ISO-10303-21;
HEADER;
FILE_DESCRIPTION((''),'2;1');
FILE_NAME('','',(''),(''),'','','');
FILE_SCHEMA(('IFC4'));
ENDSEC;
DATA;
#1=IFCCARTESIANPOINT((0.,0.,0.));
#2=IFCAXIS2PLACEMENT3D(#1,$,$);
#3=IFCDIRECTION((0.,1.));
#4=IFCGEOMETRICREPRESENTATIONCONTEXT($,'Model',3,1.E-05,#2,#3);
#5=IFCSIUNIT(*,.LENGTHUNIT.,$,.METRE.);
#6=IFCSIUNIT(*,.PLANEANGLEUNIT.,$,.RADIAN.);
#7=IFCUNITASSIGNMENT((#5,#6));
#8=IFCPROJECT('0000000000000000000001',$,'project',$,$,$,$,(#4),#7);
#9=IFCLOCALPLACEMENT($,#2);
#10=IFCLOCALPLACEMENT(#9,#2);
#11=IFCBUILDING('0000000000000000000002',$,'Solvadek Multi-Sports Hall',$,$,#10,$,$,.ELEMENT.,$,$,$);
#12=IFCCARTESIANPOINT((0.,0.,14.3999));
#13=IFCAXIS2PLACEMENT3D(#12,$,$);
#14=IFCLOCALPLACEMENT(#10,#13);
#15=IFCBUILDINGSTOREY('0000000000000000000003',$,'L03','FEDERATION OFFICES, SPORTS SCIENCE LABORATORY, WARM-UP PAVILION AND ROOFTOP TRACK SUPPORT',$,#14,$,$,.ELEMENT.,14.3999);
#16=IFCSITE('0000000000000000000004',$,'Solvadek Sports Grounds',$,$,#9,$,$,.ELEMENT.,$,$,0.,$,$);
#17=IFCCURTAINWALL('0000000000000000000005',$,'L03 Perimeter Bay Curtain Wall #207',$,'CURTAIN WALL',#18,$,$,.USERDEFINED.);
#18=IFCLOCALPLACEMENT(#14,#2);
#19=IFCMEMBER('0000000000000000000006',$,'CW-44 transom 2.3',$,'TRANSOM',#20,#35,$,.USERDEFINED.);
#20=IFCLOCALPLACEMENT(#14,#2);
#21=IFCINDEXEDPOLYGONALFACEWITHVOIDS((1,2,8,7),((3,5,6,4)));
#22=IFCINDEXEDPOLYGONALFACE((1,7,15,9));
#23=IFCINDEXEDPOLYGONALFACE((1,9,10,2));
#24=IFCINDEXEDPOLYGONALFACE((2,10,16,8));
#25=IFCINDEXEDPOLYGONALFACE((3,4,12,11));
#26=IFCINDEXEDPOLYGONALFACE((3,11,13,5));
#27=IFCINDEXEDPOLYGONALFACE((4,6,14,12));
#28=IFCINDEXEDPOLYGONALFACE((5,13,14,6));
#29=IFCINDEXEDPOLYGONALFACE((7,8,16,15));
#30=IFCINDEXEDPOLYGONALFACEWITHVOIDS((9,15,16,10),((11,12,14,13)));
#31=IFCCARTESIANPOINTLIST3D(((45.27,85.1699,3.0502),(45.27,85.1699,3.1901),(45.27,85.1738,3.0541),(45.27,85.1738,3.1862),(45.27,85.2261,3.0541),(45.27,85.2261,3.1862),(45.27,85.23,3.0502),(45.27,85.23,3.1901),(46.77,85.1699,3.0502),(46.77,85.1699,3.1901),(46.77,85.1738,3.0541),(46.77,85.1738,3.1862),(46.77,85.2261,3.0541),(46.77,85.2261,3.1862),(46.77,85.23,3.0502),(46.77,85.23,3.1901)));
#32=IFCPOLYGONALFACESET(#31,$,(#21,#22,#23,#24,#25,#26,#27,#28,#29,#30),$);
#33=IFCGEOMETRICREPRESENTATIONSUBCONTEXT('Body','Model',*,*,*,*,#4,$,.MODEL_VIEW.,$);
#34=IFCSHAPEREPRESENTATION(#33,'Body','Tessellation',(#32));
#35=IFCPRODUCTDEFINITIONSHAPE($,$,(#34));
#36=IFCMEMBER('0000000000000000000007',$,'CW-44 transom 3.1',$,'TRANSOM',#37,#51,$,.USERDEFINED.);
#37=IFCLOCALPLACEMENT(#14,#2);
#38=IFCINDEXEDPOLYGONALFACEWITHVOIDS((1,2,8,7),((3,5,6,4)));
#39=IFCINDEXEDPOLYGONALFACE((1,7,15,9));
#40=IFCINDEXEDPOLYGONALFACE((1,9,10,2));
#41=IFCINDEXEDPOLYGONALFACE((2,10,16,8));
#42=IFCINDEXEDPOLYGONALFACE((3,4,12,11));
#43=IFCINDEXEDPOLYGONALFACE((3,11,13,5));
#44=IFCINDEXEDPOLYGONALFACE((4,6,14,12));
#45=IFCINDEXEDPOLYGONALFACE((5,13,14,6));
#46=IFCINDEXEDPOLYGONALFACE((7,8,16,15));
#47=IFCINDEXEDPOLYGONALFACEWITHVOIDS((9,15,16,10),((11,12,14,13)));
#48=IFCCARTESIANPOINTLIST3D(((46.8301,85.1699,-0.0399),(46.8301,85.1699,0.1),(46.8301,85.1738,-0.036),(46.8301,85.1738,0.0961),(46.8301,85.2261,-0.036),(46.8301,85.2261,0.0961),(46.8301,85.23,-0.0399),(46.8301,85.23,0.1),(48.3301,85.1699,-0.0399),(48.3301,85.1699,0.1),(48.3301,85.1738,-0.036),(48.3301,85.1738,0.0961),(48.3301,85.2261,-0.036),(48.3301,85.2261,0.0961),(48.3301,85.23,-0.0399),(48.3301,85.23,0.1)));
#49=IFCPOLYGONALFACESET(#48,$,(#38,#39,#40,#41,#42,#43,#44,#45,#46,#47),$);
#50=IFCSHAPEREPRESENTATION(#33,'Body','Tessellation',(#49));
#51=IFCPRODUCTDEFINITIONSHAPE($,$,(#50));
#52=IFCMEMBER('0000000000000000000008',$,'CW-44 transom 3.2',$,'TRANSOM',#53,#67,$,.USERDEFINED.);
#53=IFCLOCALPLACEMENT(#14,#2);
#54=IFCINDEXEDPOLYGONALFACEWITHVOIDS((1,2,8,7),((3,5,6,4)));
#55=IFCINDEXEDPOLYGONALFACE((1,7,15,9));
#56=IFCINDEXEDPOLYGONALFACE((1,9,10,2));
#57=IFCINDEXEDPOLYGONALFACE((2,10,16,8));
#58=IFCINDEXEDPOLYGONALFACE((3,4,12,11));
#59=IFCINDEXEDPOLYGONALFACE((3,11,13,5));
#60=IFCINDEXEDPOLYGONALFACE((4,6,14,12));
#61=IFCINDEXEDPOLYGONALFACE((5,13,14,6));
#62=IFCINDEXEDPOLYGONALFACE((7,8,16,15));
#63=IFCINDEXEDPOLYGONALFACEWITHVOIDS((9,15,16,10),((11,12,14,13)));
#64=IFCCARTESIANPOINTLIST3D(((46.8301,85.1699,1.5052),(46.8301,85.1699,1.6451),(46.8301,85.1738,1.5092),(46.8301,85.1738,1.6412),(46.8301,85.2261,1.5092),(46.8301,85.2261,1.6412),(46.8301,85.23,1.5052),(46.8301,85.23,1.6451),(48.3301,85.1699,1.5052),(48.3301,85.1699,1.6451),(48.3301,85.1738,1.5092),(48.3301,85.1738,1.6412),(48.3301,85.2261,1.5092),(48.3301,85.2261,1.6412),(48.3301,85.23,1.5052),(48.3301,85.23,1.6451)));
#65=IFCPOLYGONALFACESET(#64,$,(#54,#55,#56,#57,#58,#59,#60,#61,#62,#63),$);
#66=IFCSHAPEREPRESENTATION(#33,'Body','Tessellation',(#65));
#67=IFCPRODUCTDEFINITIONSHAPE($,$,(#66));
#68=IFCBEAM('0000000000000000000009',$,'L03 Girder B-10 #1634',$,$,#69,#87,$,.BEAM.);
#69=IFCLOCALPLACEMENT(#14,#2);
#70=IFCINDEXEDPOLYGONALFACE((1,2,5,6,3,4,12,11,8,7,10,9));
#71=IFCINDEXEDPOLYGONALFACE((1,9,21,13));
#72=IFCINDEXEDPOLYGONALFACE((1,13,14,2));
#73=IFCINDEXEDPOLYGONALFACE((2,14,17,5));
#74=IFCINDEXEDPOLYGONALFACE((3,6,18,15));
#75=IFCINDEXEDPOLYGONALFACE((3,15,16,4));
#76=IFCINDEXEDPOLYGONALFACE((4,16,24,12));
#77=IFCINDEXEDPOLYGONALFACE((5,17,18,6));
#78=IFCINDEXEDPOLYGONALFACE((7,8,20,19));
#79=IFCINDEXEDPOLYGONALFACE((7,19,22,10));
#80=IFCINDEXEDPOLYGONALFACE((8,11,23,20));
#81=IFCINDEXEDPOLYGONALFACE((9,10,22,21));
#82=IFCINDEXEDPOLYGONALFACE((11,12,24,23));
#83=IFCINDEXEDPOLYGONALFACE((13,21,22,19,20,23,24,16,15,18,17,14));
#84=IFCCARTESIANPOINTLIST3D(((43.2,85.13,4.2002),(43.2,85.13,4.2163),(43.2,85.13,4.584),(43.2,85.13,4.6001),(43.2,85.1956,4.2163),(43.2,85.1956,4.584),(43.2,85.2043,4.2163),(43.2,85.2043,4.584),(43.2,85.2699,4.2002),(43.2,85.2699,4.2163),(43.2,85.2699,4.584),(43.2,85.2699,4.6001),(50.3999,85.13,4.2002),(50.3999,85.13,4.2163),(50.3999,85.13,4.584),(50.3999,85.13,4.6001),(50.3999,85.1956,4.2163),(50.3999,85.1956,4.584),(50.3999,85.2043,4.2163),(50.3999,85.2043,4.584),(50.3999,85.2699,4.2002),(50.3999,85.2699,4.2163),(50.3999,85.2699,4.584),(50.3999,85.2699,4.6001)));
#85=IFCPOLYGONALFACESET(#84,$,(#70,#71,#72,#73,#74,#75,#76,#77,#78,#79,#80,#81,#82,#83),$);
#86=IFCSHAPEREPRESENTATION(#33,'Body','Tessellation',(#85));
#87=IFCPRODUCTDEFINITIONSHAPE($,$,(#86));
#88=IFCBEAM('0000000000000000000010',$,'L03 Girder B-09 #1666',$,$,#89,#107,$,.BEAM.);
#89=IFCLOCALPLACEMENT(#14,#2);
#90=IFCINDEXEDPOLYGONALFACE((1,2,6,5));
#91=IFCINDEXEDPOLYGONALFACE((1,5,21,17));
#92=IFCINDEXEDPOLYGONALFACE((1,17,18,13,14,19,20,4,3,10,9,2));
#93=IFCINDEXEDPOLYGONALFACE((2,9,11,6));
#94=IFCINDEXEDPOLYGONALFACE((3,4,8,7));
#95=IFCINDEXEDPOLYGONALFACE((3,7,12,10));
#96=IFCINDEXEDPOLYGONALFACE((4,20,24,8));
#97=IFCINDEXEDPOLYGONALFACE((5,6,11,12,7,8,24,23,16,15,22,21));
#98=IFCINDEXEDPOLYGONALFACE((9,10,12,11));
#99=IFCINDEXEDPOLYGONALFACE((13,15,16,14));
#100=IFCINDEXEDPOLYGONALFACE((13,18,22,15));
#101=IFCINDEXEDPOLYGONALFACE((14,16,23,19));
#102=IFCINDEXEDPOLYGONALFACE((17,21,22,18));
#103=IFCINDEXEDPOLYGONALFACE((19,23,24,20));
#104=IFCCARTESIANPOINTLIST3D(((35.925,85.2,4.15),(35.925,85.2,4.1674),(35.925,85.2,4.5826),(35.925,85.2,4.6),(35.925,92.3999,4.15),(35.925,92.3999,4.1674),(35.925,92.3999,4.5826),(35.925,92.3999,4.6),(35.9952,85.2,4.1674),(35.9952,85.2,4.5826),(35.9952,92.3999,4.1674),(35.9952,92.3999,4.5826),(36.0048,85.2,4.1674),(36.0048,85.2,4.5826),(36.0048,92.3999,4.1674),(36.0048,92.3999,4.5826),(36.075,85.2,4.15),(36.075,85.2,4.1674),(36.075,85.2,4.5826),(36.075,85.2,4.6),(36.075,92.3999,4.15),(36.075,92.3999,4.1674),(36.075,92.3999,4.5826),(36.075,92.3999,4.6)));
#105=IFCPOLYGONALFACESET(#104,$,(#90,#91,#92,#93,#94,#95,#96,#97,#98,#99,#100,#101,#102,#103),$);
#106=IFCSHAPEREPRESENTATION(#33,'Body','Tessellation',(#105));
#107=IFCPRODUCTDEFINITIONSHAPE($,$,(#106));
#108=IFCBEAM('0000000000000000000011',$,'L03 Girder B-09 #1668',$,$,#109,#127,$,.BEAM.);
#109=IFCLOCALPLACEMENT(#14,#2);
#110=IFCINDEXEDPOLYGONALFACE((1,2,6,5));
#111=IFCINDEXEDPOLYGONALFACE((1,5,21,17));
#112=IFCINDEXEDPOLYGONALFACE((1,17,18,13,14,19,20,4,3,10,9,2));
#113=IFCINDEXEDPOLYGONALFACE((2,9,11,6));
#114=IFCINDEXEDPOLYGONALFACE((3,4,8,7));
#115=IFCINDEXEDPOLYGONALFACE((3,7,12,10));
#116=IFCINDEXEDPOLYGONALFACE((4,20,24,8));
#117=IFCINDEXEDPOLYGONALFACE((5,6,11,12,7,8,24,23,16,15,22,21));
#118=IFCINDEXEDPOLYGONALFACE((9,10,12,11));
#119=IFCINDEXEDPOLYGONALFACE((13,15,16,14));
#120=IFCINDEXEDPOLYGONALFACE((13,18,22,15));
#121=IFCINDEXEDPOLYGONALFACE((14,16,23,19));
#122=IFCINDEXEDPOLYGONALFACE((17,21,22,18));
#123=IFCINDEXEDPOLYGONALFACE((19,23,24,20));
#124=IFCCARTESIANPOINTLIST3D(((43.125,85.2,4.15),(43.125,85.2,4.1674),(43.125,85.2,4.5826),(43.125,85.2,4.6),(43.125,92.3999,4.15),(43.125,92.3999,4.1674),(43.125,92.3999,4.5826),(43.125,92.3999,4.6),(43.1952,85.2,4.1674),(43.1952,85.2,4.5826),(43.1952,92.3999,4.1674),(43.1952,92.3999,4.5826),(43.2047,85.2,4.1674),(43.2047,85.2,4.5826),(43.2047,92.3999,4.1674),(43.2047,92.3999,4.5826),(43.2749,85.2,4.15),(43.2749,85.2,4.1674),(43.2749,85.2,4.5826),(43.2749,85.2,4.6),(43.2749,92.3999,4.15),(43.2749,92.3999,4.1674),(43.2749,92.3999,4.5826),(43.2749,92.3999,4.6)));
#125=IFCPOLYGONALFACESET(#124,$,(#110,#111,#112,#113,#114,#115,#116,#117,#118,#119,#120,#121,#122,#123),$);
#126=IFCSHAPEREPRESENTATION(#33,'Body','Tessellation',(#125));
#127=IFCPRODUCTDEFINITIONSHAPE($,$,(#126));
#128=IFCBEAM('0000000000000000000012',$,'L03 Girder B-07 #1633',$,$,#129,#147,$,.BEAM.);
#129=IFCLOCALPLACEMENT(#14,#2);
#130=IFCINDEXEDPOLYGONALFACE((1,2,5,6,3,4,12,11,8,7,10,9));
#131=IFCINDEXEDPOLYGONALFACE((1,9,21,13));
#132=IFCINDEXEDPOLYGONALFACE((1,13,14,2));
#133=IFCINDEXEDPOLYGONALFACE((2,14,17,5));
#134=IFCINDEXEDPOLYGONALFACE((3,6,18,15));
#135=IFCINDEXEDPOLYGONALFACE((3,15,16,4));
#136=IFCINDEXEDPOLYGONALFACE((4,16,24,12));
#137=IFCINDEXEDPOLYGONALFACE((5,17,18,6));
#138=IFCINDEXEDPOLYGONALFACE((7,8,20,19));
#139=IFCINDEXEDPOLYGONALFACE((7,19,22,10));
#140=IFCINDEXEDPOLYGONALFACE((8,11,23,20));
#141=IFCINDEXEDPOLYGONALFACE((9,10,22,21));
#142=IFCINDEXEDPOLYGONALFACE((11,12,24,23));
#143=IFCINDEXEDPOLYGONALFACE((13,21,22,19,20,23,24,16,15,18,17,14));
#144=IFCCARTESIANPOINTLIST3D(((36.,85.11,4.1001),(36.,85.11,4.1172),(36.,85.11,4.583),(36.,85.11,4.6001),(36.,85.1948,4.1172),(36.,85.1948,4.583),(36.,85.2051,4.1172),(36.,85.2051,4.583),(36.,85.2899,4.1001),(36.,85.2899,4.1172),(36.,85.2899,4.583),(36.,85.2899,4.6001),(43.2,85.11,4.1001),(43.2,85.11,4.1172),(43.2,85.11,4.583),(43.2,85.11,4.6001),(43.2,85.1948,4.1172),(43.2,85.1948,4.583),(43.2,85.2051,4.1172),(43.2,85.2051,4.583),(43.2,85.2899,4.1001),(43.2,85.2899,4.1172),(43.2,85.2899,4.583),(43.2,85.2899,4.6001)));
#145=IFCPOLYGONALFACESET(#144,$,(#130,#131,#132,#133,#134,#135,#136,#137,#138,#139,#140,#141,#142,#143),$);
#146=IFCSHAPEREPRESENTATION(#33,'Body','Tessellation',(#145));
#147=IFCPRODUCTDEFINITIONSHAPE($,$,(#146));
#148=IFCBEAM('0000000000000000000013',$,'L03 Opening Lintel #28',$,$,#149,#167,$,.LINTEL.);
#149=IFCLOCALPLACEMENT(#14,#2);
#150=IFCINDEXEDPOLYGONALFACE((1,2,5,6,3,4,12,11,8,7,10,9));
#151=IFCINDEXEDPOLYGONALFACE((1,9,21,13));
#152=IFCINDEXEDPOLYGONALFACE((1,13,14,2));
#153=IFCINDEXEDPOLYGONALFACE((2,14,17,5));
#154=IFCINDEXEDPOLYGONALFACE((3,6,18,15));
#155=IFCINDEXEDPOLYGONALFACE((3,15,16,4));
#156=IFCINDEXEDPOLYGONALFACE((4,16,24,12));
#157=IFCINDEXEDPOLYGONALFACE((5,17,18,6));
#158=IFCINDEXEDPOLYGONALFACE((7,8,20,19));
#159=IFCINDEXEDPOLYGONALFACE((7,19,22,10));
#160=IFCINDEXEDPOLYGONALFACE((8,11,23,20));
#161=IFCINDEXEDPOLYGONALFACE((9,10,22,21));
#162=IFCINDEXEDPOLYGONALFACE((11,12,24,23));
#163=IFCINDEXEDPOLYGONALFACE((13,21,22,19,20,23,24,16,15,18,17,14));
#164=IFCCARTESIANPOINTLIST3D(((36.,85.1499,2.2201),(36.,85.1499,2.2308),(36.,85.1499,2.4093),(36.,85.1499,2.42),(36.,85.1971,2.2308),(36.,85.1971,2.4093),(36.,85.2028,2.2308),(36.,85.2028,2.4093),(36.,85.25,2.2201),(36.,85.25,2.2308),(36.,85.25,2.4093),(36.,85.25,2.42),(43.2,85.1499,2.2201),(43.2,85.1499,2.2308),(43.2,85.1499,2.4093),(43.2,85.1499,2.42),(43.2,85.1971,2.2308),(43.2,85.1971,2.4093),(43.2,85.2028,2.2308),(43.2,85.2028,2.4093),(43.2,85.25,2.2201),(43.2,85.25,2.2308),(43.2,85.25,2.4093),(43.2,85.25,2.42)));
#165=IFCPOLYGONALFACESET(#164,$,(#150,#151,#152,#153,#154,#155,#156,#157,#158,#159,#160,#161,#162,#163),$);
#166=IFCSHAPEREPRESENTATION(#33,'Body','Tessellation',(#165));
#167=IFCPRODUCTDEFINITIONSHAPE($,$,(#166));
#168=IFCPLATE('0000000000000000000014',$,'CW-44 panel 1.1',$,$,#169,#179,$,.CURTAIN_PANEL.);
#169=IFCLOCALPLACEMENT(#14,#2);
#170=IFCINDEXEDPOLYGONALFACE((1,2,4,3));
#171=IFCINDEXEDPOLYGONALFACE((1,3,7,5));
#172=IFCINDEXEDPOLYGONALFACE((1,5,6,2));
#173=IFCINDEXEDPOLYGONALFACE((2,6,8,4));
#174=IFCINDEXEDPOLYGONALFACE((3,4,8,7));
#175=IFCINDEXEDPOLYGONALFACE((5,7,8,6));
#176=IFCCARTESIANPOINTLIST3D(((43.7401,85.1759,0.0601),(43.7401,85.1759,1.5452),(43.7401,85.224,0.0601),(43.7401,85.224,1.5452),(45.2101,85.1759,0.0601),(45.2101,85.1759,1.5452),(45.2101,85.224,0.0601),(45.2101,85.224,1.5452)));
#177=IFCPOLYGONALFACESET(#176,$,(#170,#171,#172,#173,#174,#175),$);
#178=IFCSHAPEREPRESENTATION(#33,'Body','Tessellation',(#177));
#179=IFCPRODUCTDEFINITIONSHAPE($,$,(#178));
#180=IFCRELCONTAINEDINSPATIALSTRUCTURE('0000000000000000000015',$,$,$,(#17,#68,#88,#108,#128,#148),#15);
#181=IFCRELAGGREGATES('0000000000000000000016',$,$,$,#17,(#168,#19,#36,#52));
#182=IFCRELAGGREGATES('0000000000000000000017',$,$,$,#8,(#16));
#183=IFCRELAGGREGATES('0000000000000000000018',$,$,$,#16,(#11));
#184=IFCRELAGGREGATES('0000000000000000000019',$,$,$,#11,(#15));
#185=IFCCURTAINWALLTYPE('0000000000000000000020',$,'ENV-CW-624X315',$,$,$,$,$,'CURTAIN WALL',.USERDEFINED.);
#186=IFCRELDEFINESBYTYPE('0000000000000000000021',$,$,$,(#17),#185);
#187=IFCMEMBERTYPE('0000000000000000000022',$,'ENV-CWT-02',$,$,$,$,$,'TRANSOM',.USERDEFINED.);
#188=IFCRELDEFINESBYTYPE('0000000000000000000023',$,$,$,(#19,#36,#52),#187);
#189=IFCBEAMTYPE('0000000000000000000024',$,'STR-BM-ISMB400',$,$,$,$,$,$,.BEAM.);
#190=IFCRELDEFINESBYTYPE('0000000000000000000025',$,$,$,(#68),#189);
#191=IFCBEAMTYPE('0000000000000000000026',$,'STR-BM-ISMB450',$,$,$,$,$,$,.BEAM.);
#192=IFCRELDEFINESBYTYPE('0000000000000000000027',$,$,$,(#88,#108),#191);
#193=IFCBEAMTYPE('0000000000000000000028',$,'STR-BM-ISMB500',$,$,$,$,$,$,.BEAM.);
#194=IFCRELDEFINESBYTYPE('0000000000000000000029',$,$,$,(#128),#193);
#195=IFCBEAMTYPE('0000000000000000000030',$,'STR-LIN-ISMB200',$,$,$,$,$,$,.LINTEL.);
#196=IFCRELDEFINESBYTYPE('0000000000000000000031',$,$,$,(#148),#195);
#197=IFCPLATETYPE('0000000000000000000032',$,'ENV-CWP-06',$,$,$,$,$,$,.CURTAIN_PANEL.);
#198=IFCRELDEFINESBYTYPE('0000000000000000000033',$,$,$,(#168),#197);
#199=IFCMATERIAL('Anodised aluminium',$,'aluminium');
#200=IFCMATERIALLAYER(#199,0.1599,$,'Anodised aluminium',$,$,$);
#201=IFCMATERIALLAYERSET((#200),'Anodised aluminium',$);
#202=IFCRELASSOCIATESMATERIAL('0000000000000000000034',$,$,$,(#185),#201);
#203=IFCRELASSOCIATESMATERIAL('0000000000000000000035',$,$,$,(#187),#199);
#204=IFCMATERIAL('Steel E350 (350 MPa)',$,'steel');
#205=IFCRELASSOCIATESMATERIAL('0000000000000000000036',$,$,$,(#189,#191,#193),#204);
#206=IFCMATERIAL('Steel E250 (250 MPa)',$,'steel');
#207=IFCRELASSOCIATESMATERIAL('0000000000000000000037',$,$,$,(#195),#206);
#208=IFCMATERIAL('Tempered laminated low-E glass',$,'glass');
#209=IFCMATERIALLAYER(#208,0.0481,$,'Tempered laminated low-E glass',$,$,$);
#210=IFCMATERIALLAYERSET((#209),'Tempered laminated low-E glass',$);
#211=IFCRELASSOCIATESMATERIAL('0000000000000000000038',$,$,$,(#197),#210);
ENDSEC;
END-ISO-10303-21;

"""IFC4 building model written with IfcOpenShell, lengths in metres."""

from ifc_helpers import new_model, si_unit, direction, frame, origin, origin_2d, place, context, subcontext, project, spatial, rectangle, hollow_rectangle, i_section, extrude, material, layer, layer_set, material_profile, profile_set, type_object, element, aggregate, save


model = new_model("IFC4")

# Units and contexts
model_context = context("Model", 3, precision=1e-05, world=origin(), true_north=direction((0.0, 1.0)))
body_context = subcontext(model_context, "Body", "Model", "MODEL_VIEW")
ifc_project = project(units=[si_unit("LENGTHUNIT", "METRE"), si_unit("PLANEANGLEUNIT", "RADIAN")], contexts=[model_context])

# Site, building, storey
site_placement = place(None, origin())
site = spatial("IfcSite", under=ifc_project, at=site_placement, Name="Solvadek Sports Grounds", CompositionType="ELEMENT", RefElevation=0.0)
building_placement = place(site_placement, origin())
building = spatial("IfcBuilding", under=site, at=building_placement, Name="Solvadek Multi-Sports Hall", CompositionType="ELEMENT")
storey_placement = place(building_placement, frame((0.0, 0.0, 14.3999)))
storey = spatial("IfcBuildingStorey", under=building, at=storey_placement, Name="L03", Description="FEDERATION OFFICES, SPORTS SCIENCE LABORATORY, WARM-UP PAVILION AND ROOFTOP TRACK SUPPORT", CompositionType="ELEMENT", Elevation=14.3999)

# Shared definitions
ifc_material_1 = material(Name="Steel E350 (350 MPa)", Category="steel")

# Curtain wall, members
ifc_material_2 = material(Name="Anodised aluminium", Category="aluminium")
ifc_layer_1 = layer(ifc_material_2, 0.1599, Name="Anodised aluminium")
ifc_layer_set_1 = layer_set([ifc_layer_1], Name="Anodised aluminium")
curtain_wall_type = type_object("IfcCurtainWallType", Name="ENV-CW-624X315", ElementType="CURTAIN WALL", PredefinedType="USERDEFINED", material=ifc_layer_set_1)
curtain_wall_placement = place(storey_placement, origin())
curtain_wall = element("IfcCurtainWall", 1, at=curtain_wall_placement, inside=storey, type_object=curtain_wall_type, Name="L03 Perimeter Bay Curtain Wall #207", ObjectType="CURTAIN WALL", PredefinedType="USERDEFINED")
ifc_material_profile_1 = material_profile(ifc_material_2, hollow_rectangle(XDim=0.0601, YDim=0.1399, WallThickness=0.0039, at=origin_2d()), Name="ALU-T 140x60x4")
ifc_profile_set_1 = profile_set([ifc_material_profile_1], Name="Anodised aluminium")
member_type_1 = type_object("IfcMemberType", Name="ENV-CWT-02", ElementType="TRANSOM", PredefinedType="USERDEFINED", material=ifc_profile_set_1)
member_1_placement = place(storey_placement, frame((45.27, 85.2, 3.1201), z_axis=(1.0, 0.0, 0.0), x_axis=(0.0, 1.0, 0.0)))
member_1 = element("IfcMember", 2, at=member_1_placement, type_object=member_type_1, Name="CW-44 transom 2.3", ObjectType="TRANSOM", PredefinedType="USERDEFINED", context=body_context, shape_type="SweptSolid", body=[
    extrude(hollow_rectangle(XDim=0.0601, YDim=0.1399, WallThickness=0.0039, at=origin_2d()), origin(), (0.0, 0.0, 1.0), 1.5),
])
member_2_placement = place(storey_placement, frame((46.8301, 85.2, 0.03), z_axis=(1.0, 0.0, 0.0), x_axis=(0.0, 1.0, 0.0)))
member_2 = element("IfcMember", 3, at=member_2_placement, type_object=member_type_1, Name="CW-44 transom 3.1", ObjectType="TRANSOM", PredefinedType="USERDEFINED", context=body_context, shape_type="SweptSolid", body=[
    extrude(hollow_rectangle(XDim=0.0601, YDim=0.1399, WallThickness=0.0039, at=origin_2d()), origin(), (0.0, 0.0, 1.0), 1.5),
])
member_3_placement = place(storey_placement, frame((46.8301, 85.2, 1.5752), z_axis=(1.0, 0.0, 0.0), x_axis=(0.0, 1.0, 0.0)))
member_3 = element("IfcMember", 4, at=member_3_placement, type_object=member_type_1, Name="CW-44 transom 3.2", ObjectType="TRANSOM", PredefinedType="USERDEFINED", context=body_context, shape_type="SweptSolid", body=[
    extrude(hollow_rectangle(XDim=0.0601, YDim=0.1399, WallThickness=0.0039, at=origin_2d()), origin(), (0.0, 0.0, 1.0), 1.5),
])

# Beams
ifc_material_profile_2 = material_profile(ifc_material_1, i_section(OverallWidth=0.1399, OverallDepth=0.3999, WebThickness=0.0088, FlangeThickness=0.0161, at=origin_2d()), Name="ISMB 400")
ifc_profile_set_2 = profile_set([ifc_material_profile_2], Name="Steel E350 (350 MPa)")
beam_type_1 = type_object("IfcBeamType", Name="STR-BM-ISMB400", PredefinedType="BEAM", material=ifc_profile_set_2)
beam_1_placement = place(storey_placement, frame((43.2, 85.2, 4.4001), z_axis=(1.0, 0.0, 0.0), x_axis=(0.0, 1.0, 0.0)))
element("IfcBeam", 5, at=beam_1_placement, inside=storey, type_object=beam_type_1, Name="L03 Girder B-10 #1634", PredefinedType="BEAM", context=body_context, shape_type="SweptSolid", body=[
    extrude(i_section(OverallWidth=0.1399, OverallDepth=0.3999, WebThickness=0.0088, FlangeThickness=0.0161, at=origin_2d()), origin(), (0.0, 0.0, 1.0), 7.2),
])
ifc_material_profile_3 = material_profile(ifc_material_1, i_section(OverallWidth=0.1499, OverallDepth=0.45, WebThickness=0.0095, FlangeThickness=0.0173, at=origin_2d()), Name="ISMB 450")
ifc_profile_set_3 = profile_set([ifc_material_profile_3], Name="Steel E350 (350 MPa)")
beam_type_2 = type_object("IfcBeamType", Name="STR-BM-ISMB450", PredefinedType="BEAM", material=ifc_profile_set_3)
for number, where, z_axis, x_axis, name in (
    (6, (36.0, 85.2, 4.375), (0.0, 1.0, 0.0), (-1.0, 0.0, 0.0), "L03 Girder B-09 #1666"),
    (7, (43.2, 85.2, 4.375), (0.0, 1.0, 0.0), (-1.0, 0.0, 0.0), "L03 Girder B-09 #1668"),
):
    element("IfcBeam", number, at=place(storey_placement, frame(where, z_axis=z_axis, x_axis=x_axis)), inside=storey, type_object=beam_type_2, Name=name, PredefinedType="BEAM", context=body_context, shape_type="SweptSolid", body=[
        extrude(i_section(OverallWidth=0.1499, OverallDepth=0.45, WebThickness=0.0095, FlangeThickness=0.0173, at=origin_2d()), origin(), (0.0, 0.0, 1.0), 7.2),
    ])
ifc_material_profile_4 = material_profile(ifc_material_1, i_section(OverallWidth=0.1799, OverallDepth=0.5, WebThickness=0.0103, FlangeThickness=0.0171, at=origin_2d()), Name="ISMB 500")
ifc_profile_set_4 = profile_set([ifc_material_profile_4], Name="Steel E350 (350 MPa)")
beam_type_3 = type_object("IfcBeamType", Name="STR-BM-ISMB500", PredefinedType="BEAM", material=ifc_profile_set_4)
beam_2_placement = place(storey_placement, frame((36.0, 85.2, 4.3501), z_axis=(1.0, 0.0, 0.0), x_axis=(0.0, 1.0, 0.0)))
element("IfcBeam", 8, at=beam_2_placement, inside=storey, type_object=beam_type_3, Name="L03 Girder B-07 #1633", PredefinedType="BEAM", context=body_context, shape_type="SweptSolid", body=[
    extrude(i_section(OverallWidth=0.1799, OverallDepth=0.5, WebThickness=0.0103, FlangeThickness=0.0171, at=origin_2d()), origin(), (0.0, 0.0, 1.0), 7.2),
])
ifc_material_3 = material(Name="Steel E250 (250 MPa)", Category="steel")
ifc_material_profile_5 = material_profile(ifc_material_3, i_section(OverallWidth=0.1001, OverallDepth=0.2, WebThickness=0.0056, FlangeThickness=0.0107, at=origin_2d()), Name="ISMB 200")
ifc_profile_set_5 = profile_set([ifc_material_profile_5], Name="Steel E250 (250 MPa)")
beam_type_4 = type_object("IfcBeamType", Name="STR-LIN-ISMB200", PredefinedType="LINTEL", material=ifc_profile_set_5)
beam_3_placement = place(storey_placement, frame((36.0, 85.2, 2.3201), z_axis=(1.0, 0.0, 0.0), x_axis=(0.0, 1.0, 0.0)))
element("IfcBeam", 9, at=beam_3_placement, inside=storey, type_object=beam_type_4, Name="L03 Opening Lintel #28", PredefinedType="LINTEL", context=body_context, shape_type="SweptSolid", body=[
    extrude(i_section(OverallWidth=0.1001, OverallDepth=0.2, WebThickness=0.0056, FlangeThickness=0.0107, at=origin_2d()), origin(), (0.0, 0.0, 1.0), 7.2),
])

# Plate
ifc_material_4 = material(Name="Tempered laminated low-E glass", Category="glass")
ifc_layer_2 = layer(ifc_material_4, 0.0481, Name="Tempered laminated low-E glass")
ifc_layer_set_2 = layer_set([ifc_layer_2], Name="Tempered laminated low-E glass")
plate_type = type_object("IfcPlateType", Name="ENV-CWP-06", PredefinedType="CURTAIN_PANEL", material=ifc_layer_set_2)
plate_1_placement = place(storey_placement, frame((44.4751, 85.2, 0.0601), z_axis=(0.0, 0.0, 1.0), x_axis=(1.0, 0.0, 0.0)))
plate_1 = element("IfcPlate", 10, at=plate_1_placement, type_object=plate_type, Name="CW-44 panel 1.1", PredefinedType="CURTAIN_PANEL", context=body_context, shape_type="SweptSolid", body=[
    extrude(rectangle(XDim=1.47, YDim=0.0481, at=origin_2d()), origin(), (0.0, 0.0, 1.0), 1.4851),
])
aggregate(curtain_wall, [plate_1, member_1, member_2, member_3])

save(model, "model.ifc")
